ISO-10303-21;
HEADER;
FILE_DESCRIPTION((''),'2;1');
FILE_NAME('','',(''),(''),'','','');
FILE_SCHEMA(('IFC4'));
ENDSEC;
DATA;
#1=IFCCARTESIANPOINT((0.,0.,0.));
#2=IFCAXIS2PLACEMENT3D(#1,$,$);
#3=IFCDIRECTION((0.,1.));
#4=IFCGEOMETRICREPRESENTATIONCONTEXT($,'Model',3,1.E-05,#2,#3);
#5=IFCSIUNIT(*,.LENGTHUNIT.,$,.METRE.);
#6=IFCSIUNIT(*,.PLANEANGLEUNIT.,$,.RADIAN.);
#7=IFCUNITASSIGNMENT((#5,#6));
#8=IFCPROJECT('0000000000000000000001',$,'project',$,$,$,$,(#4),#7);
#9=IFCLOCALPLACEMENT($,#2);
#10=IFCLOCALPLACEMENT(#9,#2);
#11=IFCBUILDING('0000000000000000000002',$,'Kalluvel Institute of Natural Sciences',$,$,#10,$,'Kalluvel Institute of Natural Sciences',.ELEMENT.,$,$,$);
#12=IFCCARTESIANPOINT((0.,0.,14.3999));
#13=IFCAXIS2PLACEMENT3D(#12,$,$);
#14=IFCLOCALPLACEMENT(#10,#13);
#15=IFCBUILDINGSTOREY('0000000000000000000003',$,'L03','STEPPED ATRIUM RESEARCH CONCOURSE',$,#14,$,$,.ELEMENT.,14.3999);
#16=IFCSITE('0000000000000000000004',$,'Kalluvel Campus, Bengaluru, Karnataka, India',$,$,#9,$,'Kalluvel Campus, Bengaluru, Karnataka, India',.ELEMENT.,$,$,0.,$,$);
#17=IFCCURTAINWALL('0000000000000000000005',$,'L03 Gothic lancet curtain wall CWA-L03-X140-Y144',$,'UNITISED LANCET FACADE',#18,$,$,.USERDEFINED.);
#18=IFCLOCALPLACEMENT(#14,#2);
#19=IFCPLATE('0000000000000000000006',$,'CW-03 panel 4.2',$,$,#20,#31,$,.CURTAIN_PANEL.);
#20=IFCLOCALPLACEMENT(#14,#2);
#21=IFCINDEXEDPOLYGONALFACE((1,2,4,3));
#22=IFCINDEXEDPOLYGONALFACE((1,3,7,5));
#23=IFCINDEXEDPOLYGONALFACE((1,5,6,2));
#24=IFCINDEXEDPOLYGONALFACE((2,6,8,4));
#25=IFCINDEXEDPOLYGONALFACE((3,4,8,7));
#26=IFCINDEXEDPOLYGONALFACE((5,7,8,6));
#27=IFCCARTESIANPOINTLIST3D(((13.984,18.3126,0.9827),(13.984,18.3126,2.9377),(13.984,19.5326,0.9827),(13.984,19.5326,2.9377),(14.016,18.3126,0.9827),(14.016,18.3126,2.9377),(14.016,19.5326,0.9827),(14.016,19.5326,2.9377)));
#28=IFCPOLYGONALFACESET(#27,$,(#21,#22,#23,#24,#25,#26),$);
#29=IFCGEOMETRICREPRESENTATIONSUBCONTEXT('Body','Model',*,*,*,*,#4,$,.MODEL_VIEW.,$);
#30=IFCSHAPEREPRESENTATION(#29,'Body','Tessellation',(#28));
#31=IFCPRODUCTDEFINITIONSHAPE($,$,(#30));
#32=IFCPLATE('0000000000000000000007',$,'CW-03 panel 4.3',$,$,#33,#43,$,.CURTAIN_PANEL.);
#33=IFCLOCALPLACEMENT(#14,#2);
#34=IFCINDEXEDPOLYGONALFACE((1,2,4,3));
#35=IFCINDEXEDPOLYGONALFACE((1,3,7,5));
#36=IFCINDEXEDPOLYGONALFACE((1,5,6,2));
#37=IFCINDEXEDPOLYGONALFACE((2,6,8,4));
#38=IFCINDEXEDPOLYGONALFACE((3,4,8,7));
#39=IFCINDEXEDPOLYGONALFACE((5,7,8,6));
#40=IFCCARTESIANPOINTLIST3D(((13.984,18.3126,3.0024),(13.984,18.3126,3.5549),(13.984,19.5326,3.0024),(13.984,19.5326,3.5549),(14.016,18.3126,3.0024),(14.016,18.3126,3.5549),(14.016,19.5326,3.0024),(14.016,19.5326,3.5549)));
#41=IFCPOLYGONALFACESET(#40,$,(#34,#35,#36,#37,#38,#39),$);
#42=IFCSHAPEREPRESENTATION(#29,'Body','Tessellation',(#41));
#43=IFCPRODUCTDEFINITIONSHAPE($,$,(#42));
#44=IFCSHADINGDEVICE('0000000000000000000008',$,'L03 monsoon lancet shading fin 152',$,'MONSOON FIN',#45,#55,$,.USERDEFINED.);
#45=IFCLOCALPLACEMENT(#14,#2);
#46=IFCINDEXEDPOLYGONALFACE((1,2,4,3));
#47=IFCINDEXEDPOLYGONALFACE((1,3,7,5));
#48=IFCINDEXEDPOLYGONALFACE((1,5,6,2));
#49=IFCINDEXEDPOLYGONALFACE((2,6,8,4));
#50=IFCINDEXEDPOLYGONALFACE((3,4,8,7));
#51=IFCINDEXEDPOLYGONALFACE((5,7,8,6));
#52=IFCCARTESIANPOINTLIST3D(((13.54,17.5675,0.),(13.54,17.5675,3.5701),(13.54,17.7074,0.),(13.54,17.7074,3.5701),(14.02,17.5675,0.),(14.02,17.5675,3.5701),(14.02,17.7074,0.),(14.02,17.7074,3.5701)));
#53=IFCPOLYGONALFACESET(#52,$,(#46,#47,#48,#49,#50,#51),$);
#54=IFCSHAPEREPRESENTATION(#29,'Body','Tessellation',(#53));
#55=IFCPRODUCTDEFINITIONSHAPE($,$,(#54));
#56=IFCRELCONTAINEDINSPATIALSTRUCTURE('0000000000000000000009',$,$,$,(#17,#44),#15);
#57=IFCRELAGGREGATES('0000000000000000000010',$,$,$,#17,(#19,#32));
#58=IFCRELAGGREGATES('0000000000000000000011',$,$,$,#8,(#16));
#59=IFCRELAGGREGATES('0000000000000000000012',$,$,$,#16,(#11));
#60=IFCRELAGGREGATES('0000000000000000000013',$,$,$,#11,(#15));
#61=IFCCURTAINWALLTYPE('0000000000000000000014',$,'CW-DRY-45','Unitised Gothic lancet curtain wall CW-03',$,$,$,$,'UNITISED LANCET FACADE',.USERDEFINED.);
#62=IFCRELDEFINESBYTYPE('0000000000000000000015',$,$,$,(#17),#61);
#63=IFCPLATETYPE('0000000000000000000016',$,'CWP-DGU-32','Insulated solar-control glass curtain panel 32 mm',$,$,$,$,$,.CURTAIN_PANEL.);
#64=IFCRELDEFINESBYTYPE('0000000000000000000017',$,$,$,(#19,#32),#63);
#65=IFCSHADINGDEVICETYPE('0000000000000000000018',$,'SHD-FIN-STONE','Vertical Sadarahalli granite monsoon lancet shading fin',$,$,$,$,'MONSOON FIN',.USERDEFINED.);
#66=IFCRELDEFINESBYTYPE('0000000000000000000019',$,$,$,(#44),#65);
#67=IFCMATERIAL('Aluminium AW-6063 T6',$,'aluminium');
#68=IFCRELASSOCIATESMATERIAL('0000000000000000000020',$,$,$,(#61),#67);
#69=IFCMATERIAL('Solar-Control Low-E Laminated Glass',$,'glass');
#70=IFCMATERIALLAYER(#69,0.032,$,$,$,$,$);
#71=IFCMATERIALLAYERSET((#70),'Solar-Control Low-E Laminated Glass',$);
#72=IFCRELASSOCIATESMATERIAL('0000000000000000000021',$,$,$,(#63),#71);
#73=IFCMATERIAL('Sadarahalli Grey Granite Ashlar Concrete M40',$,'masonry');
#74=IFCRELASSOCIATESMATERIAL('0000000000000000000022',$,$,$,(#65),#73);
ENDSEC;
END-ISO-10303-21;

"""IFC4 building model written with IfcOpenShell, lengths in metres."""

from ifc_helpers import new_model, si_unit, direction, frame, origin, origin_2d, place, context, subcontext, project, spatial, rectangle, extrude, material, layer, layer_set, type_object, element, aggregate, save


model = new_model("IFC4")

# Units and contexts
model_context = context("Model", 3, precision=1e-05, world=origin(), true_north=direction((0.0, 1.0)))
body_context = subcontext(model_context, "Body", "Model", "MODEL_VIEW")
ifc_project = project(units=[si_unit("LENGTHUNIT", "METRE"), si_unit("PLANEANGLEUNIT", "RADIAN")], contexts=[model_context])

# Site, building, storey
site_placement = place(None, origin())
site = spatial("IfcSite", under=ifc_project, at=site_placement, Name="Kalluvel Campus, Bengaluru, Karnataka, India", LongName="Kalluvel Campus, Bengaluru, Karnataka, India", CompositionType="ELEMENT", RefElevation=0.0)
building_placement = place(site_placement, origin())
building = spatial("IfcBuilding", under=site, at=building_placement, Name="Kalluvel Institute of Natural Sciences", LongName="Kalluvel Institute of Natural Sciences", CompositionType="ELEMENT")
storey_placement = place(building_placement, frame((0.0, 0.0, 14.3999)))
storey = spatial("IfcBuildingStorey", under=building, at=storey_placement, Name="L03", Description="STEPPED ATRIUM RESEARCH CONCOURSE", CompositionType="ELEMENT", Elevation=14.3999)

# Curtain wall, plates
ifc_material_1 = material(Name="Aluminium AW-6063 T6", Category="aluminium")
curtain_wall_type = type_object("IfcCurtainWallType", Name="CW-DRY-45", Description="Unitised Gothic lancet curtain wall CW-03", ElementType="UNITISED LANCET FACADE", PredefinedType="USERDEFINED", material=ifc_material_1)
curtain_wall_placement = place(storey_placement, origin())
curtain_wall = element("IfcCurtainWall", 1, at=curtain_wall_placement, inside=storey, type_object=curtain_wall_type, Name="L03 Gothic lancet curtain wall CWA-L03-X140-Y144", ObjectType="UNITISED LANCET FACADE", PredefinedType="USERDEFINED")
ifc_material_2 = material(Name="Solar-Control Low-E Laminated Glass", Category="glass")
ifc_layer = layer(ifc_material_2, 0.032)
ifc_layer_set = layer_set([ifc_layer], Name="Solar-Control Low-E Laminated Glass")
plate_type = type_object("IfcPlateType", Name="CWP-DGU-32", Description="Insulated solar-control glass curtain panel 32 mm", PredefinedType="CURTAIN_PANEL", material=ifc_layer_set)
plate_1_placement = place(storey_placement, frame((14.0, 18.9226, 0.9827), z_axis=(0.0, 0.0, 1.0), x_axis=(0.0, 1.0, 0.0)))
plate_1 = element("IfcPlate", 2, at=plate_1_placement, type_object=plate_type, Name="CW-03 panel 4.2", PredefinedType="CURTAIN_PANEL", context=body_context, shape_type="SweptSolid", body=[
    extrude(rectangle(XDim=1.22, YDim=0.032, at=origin_2d()), origin(), (0.0, 0.0, 1.0), 1.9551),
])
plate_2_placement = place(storey_placement, frame((14.0, 18.9226, 3.0024), z_axis=(0.0, 0.0, 1.0), x_axis=(0.0, 1.0, 0.0)))
plate_2 = element("IfcPlate", 3, at=plate_2_placement, type_object=plate_type, Name="CW-03 panel 4.3", PredefinedType="CURTAIN_PANEL", context=body_context, shape_type="SweptSolid", body=[
    extrude(rectangle(XDim=1.22, YDim=0.032, at=origin_2d()), origin(), (0.0, 0.0, 1.0), 0.5525),
])
aggregate(curtain_wall, [plate_1, plate_2])

# Shading device
ifc_material_3 = material(Name="Sadarahalli Grey Granite Ashlar Concrete M40", Category="masonry")
shading_device_type = type_object("IfcShadingDeviceType", Name="SHD-FIN-STONE", Description="Vertical Sadarahalli granite monsoon lancet shading fin", ElementType="MONSOON FIN", PredefinedType="USERDEFINED", material=ifc_material_3)
shading_device_placement = place(storey_placement, frame((13.78, 17.6375, 0.0), z_axis=(0.0, 0.0, 1.0), x_axis=(0.0, 1.0, 0.0)))
element("IfcShadingDevice", 4, at=shading_device_placement, inside=storey, type_object=shading_device_type, Name="L03 monsoon lancet shading fin 152", ObjectType="MONSOON FIN", PredefinedType="USERDEFINED", context=body_context, shape_type="SweptSolid", body=[
    extrude(rectangle(XDim=0.1399, YDim=0.48, at=origin_2d()), origin(), (0.0, 0.0, 1.0), 3.5701),
])

save(model, "model.ifc")
